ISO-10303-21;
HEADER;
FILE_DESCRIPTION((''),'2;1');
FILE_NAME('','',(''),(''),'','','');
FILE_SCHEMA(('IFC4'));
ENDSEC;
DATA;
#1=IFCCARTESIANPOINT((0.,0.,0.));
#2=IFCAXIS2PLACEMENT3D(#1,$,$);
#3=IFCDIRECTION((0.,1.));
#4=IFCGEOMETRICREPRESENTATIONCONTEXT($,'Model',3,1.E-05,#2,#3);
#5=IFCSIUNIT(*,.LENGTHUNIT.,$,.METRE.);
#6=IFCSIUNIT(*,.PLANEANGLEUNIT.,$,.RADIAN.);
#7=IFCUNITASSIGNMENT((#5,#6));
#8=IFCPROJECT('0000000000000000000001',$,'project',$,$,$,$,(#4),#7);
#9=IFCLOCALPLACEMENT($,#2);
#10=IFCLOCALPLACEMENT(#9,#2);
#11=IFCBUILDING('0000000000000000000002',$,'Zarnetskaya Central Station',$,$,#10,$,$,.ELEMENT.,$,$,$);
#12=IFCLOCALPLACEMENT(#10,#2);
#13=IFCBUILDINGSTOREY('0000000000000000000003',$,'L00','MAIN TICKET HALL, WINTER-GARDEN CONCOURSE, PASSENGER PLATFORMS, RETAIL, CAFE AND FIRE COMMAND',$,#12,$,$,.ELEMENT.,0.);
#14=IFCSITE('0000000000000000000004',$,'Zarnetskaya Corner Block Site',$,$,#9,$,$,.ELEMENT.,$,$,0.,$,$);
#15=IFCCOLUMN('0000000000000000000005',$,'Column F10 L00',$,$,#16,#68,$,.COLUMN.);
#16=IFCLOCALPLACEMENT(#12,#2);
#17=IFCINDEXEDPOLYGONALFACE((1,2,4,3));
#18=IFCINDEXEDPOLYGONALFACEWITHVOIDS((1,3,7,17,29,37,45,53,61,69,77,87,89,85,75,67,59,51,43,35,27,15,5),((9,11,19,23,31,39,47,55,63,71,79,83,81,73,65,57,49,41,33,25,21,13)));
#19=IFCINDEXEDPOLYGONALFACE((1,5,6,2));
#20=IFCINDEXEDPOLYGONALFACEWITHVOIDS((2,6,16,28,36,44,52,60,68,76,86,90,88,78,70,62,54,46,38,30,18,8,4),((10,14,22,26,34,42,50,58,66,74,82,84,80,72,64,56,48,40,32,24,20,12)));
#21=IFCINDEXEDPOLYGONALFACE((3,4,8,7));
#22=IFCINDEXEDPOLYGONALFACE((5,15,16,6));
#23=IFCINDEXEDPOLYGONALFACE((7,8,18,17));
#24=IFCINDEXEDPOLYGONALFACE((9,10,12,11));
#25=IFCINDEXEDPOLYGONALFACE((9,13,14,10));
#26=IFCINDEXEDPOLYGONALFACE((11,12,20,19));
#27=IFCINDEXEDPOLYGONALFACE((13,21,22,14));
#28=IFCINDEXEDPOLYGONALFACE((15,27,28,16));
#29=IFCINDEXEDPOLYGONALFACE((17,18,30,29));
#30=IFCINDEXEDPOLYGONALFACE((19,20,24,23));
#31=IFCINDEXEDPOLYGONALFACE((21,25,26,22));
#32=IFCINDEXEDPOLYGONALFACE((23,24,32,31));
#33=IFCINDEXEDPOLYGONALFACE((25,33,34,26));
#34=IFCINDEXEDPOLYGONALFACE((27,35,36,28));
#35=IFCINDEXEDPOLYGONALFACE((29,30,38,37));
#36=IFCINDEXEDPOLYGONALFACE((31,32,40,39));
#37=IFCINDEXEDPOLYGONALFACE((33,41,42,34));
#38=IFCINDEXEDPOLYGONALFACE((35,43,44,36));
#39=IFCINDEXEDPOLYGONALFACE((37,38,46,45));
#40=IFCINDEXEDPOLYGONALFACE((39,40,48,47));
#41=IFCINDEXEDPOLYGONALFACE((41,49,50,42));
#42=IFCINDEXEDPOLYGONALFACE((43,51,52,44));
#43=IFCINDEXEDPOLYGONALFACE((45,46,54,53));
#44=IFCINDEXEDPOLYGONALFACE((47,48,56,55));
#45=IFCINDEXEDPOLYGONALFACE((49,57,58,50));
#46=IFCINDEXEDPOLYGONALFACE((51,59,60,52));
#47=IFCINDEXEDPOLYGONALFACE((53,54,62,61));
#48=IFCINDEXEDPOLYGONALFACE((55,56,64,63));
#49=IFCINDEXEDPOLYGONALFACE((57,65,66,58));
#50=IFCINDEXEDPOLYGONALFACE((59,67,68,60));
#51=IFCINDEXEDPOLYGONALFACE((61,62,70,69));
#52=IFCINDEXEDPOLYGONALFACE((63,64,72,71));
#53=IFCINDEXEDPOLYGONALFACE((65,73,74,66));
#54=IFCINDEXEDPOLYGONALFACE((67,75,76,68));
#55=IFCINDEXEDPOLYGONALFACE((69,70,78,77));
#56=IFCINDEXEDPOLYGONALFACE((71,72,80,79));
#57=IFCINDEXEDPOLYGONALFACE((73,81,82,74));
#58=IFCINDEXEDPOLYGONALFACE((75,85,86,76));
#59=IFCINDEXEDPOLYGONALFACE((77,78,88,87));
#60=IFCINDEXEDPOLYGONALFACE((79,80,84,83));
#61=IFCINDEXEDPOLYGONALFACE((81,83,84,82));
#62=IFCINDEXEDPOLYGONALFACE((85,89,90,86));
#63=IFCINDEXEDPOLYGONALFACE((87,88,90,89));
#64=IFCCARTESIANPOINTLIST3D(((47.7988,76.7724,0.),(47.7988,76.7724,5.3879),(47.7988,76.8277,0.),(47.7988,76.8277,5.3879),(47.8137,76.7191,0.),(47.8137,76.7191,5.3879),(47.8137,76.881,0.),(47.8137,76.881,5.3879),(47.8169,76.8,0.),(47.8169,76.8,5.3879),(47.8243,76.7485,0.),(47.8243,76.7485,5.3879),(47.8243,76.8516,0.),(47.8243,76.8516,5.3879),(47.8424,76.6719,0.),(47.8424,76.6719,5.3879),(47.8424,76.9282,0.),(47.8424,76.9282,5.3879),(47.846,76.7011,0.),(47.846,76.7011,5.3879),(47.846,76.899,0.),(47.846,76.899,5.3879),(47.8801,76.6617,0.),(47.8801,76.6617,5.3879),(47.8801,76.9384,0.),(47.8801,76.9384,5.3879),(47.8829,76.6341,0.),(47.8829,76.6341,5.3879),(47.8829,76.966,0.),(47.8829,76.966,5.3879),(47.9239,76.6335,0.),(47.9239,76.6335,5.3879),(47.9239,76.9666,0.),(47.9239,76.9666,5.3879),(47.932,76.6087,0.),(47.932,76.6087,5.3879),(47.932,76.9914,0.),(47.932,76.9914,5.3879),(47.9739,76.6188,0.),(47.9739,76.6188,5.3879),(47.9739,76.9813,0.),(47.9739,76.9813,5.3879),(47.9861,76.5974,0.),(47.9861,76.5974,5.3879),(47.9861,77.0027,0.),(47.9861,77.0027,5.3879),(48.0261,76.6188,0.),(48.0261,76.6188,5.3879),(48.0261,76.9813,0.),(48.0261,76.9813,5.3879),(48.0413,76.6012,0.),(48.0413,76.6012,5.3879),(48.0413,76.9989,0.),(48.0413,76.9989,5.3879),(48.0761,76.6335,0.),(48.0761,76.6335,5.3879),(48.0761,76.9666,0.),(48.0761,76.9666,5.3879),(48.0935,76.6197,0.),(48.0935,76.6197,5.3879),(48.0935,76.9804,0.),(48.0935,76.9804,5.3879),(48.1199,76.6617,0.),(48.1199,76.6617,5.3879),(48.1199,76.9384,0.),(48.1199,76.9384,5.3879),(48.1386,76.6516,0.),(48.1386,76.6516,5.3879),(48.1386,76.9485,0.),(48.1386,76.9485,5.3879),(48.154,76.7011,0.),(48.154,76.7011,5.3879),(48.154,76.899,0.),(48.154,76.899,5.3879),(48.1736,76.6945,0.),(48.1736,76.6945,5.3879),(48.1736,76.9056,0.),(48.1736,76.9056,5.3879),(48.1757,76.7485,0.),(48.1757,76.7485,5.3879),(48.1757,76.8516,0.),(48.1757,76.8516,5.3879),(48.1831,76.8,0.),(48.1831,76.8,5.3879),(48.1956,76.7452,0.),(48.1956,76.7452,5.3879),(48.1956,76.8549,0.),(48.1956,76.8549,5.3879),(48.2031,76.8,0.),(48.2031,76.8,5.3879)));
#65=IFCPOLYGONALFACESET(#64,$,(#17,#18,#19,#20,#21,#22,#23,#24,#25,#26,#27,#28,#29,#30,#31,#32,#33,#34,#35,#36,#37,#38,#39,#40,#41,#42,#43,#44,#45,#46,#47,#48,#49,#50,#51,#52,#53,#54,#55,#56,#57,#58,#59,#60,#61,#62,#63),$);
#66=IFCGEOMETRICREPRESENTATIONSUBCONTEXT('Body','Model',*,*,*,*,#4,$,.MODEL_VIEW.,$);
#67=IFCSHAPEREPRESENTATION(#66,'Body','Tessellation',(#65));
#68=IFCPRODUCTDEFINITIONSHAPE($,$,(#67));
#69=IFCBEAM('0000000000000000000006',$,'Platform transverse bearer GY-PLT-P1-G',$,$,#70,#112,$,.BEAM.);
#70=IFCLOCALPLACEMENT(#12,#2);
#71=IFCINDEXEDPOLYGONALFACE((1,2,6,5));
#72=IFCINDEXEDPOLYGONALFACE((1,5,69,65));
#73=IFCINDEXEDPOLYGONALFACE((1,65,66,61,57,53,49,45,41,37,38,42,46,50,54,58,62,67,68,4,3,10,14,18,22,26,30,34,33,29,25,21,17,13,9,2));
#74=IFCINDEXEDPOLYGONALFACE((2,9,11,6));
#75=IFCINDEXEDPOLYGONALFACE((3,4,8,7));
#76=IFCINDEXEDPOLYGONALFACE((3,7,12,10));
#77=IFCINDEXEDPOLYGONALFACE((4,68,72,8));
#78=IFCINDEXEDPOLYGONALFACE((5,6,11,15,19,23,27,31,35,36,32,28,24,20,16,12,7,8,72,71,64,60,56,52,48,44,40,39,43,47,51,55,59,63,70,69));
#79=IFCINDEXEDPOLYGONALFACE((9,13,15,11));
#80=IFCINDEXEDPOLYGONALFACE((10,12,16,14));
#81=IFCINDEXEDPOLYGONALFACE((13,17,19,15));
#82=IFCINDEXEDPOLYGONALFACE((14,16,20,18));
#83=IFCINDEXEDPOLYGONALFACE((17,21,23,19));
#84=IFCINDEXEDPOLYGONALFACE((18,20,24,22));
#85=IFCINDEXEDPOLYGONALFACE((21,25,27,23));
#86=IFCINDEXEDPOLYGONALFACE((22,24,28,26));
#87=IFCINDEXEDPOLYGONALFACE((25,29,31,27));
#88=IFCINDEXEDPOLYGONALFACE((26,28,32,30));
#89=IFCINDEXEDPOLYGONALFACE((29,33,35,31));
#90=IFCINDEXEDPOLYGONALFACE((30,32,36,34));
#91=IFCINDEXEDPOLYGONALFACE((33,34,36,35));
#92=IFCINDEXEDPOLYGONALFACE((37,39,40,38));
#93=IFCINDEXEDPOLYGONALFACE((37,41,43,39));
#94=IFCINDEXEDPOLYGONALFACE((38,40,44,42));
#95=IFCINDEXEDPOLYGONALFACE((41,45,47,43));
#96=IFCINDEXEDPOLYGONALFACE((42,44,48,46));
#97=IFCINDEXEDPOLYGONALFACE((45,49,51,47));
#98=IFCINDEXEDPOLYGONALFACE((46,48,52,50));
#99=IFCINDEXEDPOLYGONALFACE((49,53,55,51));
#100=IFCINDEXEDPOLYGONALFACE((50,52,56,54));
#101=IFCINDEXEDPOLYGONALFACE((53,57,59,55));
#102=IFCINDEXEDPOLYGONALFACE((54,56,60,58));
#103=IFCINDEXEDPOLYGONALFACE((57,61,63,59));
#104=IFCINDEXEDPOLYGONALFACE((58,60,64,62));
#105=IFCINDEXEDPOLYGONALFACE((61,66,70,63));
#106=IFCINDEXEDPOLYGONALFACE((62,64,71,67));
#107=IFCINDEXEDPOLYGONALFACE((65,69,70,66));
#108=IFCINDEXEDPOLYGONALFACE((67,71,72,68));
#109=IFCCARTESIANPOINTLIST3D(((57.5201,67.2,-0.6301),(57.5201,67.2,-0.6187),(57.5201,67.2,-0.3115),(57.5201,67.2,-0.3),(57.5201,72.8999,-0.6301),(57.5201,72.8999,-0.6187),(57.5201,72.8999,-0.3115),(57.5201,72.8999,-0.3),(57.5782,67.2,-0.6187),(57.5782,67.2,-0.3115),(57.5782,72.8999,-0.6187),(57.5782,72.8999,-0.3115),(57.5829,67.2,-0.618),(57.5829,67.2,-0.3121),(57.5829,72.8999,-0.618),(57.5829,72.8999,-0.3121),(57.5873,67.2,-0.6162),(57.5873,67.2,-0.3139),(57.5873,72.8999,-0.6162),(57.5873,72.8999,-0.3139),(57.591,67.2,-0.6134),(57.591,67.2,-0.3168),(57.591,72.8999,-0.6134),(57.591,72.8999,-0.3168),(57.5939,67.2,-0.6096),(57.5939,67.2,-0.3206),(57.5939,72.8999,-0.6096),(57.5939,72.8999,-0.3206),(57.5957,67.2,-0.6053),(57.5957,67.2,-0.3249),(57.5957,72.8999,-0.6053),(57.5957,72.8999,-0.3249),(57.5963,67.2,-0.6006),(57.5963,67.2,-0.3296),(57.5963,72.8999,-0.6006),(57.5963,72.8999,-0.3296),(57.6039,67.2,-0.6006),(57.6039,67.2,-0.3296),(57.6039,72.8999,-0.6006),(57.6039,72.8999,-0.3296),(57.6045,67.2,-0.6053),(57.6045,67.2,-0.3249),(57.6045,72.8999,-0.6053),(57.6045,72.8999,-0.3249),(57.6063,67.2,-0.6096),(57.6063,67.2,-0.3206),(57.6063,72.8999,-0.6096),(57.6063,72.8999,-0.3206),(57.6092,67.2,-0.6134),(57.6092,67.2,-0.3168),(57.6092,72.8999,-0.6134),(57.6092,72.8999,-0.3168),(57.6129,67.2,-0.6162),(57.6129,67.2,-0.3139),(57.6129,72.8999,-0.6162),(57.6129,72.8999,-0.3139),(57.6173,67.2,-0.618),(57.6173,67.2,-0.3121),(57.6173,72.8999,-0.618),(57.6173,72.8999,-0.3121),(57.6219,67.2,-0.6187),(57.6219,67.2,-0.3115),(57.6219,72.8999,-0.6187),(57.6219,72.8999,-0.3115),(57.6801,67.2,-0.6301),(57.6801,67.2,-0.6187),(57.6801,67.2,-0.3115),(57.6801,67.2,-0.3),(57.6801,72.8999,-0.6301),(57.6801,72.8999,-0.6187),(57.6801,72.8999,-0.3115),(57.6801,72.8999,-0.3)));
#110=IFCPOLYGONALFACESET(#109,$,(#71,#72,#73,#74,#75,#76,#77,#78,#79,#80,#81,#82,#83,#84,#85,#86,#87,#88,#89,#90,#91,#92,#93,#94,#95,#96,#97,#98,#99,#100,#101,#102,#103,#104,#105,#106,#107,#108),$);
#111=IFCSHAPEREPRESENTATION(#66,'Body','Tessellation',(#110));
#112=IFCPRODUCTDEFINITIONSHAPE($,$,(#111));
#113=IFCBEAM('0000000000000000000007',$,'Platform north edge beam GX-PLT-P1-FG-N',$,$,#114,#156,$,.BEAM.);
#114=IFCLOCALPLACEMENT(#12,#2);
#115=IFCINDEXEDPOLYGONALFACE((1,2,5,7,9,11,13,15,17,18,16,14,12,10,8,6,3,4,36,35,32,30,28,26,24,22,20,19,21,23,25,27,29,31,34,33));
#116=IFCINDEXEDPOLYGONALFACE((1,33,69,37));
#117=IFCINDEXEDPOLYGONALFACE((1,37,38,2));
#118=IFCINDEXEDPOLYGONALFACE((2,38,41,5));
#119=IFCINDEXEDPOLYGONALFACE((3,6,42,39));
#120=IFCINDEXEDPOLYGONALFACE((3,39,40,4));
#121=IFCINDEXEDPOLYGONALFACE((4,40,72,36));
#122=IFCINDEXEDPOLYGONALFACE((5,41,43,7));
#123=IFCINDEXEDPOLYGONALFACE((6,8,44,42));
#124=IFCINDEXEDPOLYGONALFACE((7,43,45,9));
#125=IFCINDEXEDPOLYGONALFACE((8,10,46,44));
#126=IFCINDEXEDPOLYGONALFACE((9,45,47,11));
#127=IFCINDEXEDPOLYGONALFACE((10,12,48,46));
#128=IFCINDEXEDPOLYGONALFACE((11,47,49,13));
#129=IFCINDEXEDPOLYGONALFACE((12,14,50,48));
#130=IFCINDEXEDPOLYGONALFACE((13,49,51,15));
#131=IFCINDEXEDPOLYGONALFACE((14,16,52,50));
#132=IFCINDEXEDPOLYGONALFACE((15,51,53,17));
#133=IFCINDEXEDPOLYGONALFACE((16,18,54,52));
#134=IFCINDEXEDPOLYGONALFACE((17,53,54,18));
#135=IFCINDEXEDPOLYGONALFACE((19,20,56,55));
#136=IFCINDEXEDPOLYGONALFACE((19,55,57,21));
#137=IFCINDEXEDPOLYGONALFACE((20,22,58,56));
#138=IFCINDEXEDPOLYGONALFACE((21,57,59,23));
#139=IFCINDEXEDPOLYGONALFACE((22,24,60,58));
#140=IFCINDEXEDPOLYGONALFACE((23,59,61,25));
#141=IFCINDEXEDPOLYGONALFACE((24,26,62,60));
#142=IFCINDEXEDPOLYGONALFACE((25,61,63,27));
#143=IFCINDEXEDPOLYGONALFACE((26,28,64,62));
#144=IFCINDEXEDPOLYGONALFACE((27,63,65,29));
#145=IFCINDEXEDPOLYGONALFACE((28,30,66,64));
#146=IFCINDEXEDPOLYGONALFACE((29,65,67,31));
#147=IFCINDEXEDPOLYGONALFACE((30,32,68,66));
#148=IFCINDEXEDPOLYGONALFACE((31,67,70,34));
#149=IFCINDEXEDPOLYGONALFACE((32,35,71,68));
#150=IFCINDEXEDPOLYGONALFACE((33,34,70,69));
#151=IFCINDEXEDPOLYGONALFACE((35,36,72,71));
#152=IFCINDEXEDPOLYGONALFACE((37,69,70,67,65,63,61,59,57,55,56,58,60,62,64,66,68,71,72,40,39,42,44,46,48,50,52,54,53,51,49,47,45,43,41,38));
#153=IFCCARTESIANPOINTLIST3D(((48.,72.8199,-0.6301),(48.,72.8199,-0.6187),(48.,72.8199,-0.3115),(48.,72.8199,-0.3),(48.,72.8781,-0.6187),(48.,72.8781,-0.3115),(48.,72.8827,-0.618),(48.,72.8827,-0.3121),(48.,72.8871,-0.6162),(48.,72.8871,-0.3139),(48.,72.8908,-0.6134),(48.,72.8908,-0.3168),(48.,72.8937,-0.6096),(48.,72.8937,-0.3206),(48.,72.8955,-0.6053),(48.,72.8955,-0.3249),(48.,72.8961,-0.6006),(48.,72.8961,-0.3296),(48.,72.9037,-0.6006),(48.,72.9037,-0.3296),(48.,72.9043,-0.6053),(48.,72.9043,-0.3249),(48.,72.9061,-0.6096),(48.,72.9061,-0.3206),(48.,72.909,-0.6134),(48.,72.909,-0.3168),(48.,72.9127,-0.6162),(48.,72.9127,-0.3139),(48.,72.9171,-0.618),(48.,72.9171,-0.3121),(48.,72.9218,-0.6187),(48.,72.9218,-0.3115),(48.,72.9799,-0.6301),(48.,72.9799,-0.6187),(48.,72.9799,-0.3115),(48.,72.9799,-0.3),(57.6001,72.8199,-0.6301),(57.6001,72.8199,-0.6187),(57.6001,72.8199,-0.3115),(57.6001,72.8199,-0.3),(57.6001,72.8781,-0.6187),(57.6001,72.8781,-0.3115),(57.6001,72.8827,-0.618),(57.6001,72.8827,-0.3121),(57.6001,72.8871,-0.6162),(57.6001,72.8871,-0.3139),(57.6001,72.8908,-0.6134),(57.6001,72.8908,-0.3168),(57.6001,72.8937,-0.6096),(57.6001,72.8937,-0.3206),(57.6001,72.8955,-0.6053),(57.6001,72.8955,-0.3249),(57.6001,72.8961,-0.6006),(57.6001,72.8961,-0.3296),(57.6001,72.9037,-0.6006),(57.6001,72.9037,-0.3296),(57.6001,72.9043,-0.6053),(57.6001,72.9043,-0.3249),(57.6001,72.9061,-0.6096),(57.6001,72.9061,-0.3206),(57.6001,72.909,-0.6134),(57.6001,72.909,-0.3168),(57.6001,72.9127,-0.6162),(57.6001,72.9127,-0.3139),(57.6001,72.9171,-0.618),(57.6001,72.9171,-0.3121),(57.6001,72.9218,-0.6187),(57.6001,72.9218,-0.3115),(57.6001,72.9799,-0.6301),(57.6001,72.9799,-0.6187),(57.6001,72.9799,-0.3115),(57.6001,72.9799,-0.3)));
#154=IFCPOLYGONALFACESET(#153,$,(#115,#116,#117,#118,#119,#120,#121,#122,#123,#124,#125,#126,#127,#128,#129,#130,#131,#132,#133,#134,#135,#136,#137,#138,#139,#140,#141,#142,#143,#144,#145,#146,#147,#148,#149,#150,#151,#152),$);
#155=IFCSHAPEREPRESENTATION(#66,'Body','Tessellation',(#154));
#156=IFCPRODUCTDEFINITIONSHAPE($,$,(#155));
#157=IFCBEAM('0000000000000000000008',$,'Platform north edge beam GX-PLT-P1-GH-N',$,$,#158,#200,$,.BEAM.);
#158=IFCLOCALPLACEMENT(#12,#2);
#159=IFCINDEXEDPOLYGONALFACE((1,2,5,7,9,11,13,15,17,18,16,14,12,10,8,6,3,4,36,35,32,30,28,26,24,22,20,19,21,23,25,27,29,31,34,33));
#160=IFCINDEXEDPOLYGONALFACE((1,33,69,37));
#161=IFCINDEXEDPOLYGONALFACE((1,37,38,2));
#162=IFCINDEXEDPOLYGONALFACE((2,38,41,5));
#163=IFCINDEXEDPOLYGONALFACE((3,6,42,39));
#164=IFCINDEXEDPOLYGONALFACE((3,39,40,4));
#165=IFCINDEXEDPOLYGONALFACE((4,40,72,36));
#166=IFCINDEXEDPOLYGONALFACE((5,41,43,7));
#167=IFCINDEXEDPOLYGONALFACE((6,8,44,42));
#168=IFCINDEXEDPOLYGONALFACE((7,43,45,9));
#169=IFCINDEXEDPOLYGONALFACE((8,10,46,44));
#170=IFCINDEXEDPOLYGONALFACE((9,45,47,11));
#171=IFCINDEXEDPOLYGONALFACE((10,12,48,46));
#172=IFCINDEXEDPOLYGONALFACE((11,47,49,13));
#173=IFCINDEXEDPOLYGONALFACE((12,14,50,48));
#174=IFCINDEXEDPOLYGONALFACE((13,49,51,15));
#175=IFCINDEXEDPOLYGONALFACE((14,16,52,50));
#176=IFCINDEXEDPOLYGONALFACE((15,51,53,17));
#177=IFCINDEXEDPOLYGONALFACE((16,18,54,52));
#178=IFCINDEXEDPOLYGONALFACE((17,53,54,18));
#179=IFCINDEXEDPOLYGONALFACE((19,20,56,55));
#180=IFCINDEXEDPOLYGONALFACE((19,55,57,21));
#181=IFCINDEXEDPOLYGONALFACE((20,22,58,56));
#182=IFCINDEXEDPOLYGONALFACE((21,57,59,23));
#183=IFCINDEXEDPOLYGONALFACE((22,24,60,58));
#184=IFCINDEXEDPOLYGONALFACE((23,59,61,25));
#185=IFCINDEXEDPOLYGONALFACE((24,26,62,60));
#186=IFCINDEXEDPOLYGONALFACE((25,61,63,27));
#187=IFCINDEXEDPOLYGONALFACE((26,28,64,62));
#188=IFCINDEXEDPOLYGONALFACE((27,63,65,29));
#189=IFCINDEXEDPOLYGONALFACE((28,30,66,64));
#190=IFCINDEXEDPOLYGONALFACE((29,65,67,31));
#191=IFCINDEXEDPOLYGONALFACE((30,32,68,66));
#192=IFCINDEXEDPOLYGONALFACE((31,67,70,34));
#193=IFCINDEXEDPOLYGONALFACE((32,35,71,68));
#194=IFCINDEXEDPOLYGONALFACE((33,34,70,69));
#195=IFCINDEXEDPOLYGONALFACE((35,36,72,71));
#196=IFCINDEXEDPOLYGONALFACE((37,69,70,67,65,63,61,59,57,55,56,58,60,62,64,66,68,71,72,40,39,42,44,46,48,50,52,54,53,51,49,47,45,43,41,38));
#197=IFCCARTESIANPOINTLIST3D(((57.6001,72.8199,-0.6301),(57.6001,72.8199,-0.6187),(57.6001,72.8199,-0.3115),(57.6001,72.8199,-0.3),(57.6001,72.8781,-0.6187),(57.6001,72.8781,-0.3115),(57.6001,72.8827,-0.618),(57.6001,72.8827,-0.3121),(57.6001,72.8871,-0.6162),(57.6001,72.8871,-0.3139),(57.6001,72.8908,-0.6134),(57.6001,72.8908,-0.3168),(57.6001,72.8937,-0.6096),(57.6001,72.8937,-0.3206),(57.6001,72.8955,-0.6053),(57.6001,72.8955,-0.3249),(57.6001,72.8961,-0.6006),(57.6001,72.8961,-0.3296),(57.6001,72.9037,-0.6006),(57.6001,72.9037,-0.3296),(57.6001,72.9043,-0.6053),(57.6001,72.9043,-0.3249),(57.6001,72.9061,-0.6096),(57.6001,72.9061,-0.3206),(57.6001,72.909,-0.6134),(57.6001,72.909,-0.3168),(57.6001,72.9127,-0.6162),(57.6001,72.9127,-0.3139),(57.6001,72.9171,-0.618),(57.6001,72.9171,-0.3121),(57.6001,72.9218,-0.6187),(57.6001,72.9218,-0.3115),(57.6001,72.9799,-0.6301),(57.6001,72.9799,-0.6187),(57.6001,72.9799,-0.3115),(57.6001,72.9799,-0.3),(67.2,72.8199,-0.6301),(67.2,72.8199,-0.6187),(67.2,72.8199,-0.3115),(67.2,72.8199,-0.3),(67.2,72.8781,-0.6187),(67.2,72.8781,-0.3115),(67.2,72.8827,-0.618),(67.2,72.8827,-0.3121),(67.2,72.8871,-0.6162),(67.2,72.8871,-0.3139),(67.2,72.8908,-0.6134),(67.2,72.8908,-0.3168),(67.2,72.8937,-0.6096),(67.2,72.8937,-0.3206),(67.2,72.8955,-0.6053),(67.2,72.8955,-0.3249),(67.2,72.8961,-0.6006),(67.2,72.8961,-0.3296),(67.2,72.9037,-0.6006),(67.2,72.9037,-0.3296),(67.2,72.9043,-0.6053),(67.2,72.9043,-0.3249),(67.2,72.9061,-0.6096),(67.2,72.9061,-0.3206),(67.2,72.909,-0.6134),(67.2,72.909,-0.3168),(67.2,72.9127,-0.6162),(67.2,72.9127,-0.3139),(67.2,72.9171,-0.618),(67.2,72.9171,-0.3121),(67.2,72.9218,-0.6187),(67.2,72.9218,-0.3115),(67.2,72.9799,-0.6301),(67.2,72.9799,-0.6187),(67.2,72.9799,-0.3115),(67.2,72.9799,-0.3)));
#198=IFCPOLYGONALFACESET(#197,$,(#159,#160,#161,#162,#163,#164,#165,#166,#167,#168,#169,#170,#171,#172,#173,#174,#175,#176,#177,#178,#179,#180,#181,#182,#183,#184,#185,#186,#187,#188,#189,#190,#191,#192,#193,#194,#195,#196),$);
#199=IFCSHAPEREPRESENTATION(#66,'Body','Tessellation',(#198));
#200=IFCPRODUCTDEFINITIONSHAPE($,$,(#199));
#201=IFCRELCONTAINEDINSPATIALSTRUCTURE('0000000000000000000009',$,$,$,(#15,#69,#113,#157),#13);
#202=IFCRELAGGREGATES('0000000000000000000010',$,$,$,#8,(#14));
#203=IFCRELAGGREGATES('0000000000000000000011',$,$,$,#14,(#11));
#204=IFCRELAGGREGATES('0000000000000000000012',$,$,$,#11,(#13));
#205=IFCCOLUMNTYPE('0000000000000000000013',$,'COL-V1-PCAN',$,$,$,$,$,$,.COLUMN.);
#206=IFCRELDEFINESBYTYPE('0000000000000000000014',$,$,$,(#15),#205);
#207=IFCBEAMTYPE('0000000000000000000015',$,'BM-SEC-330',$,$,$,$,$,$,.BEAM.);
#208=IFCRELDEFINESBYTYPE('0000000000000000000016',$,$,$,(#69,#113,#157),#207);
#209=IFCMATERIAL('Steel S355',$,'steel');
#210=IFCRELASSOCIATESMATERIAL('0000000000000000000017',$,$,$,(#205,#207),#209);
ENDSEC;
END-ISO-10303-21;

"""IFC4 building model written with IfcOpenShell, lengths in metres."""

from ifc_helpers import new_model, si_unit, direction, frame, origin, origin_2d, place, context, subcontext, project, spatial, hollow_circle, i_section, extrude, material, material_profile, profile_set, type_object, element, save


model = new_model("IFC4")

# Units and contexts
model_context = context("Model", 3, precision=1e-05, world=origin(), true_north=direction((0.0, 1.0)))
body_context = subcontext(model_context, "Body", "Model", "MODEL_VIEW")
ifc_project = project(units=[si_unit("LENGTHUNIT", "METRE"), si_unit("PLANEANGLEUNIT", "RADIAN")], contexts=[model_context])

# Site, building, storey
site_placement = place(None, origin())
site = spatial("IfcSite", under=ifc_project, at=site_placement, Name="Zarnetskaya Corner Block Site", CompositionType="ELEMENT", RefElevation=0.0)
building_placement = place(site_placement, origin())
building = spatial("IfcBuilding", under=site, at=building_placement, Name="Zarnetskaya Central Station", CompositionType="ELEMENT")
storey_placement = place(building_placement, origin())
storey = spatial("IfcBuildingStorey", under=building, at=storey_placement, Name="L00", Description="MAIN TICKET HALL, WINTER-GARDEN CONCOURSE, PASSENGER PLATFORMS, RETAIL, CAFE AND FIRE COMMAND", CompositionType="ELEMENT", Elevation=0.0)

# Column
ifc_material = material(Name="Steel S355", Category="steel")
ifc_material_profile_1 = material_profile(ifc_material, hollow_circle(Radius=0.2031, WallThickness=0.02, at=origin_2d()), Name="CHS 406.4x20")
ifc_profile_set_1 = profile_set([ifc_material_profile_1], Name="Steel S355")
column_type = type_object("IfcColumnType", Name="COL-V1-PCAN", PredefinedType="COLUMN", material=ifc_profile_set_1)
column_placement = place(storey_placement, frame((48.0, 76.8, 0.0), z_axis=(0.0, 0.0, 1.0), x_axis=(1.0, 0.0, 0.0)))
element("IfcColumn", 1, at=column_placement, inside=storey, type_object=column_type, Name="Column F10 L00", PredefinedType="COLUMN", context=body_context, shape_type="SweptSolid", body=[
    extrude(hollow_circle(Radius=0.2031, WallThickness=0.02, at=origin_2d()), origin(), (0.0, 0.0, 1.0), 5.3879),
])

# Beams
ifc_material_profile_2 = material_profile(ifc_material, i_section(OverallWidth=0.1599, OverallDepth=0.3301, WebThickness=0.0076, FlangeThickness=0.0115, FilletRadius=0.0181, at=origin_2d()), Name="IPE 330")
ifc_profile_set_2 = profile_set([ifc_material_profile_2], Name="Steel S355")
beam_type_1 = type_object("IfcBeamType", Name="BM-SEC-330", PredefinedType="BEAM", material=ifc_profile_set_2)
beam_1_placement = place(storey_placement, frame((57.6001, 67.2, -0.4651), z_axis=(0.0, 1.0, 0.0), x_axis=(-1.0, 0.0, 0.0)))
element("IfcBeam", 2, at=beam_1_placement, inside=storey, type_object=beam_type_1, Name="Platform transverse bearer GY-PLT-P1-G", PredefinedType="BEAM", context=body_context, shape_type="SweptSolid", body=[
    extrude(i_section(OverallWidth=0.1599, OverallDepth=0.3301, WebThickness=0.0076, FlangeThickness=0.0115, FilletRadius=0.0181, at=origin_2d()), origin(), (0.0, 0.0, 1.0), 5.7),
])
beam_2_placement = place(storey_placement, frame((48.0, 72.8999, -0.4651), z_axis=(1.0, 0.0, 0.0), x_axis=(0.0, 1.0, 0.0)))
element("IfcBeam", 3, at=beam_2_placement, inside=storey, type_object=beam_type_1, Name="Platform north edge beam GX-PLT-P1-FG-N", PredefinedType="BEAM", context=body_context, shape_type="SweptSolid", body=[
    extrude(i_section(OverallWidth=0.1599, OverallDepth=0.3301, WebThickness=0.0076, FlangeThickness=0.0115, FilletRadius=0.0181, at=origin_2d()), origin(), (0.0, 0.0, 1.0), 9.6001),
])
beam_3_placement = place(storey_placement, frame((57.6001, 72.8999, -0.4651), z_axis=(1.0, 0.0, 0.0), x_axis=(0.0, 1.0, 0.0)))
element("IfcBeam", 4, at=beam_3_placement, inside=storey, type_object=beam_type_1, Name="Platform north edge beam GX-PLT-P1-GH-N", PredefinedType="BEAM", context=body_context, shape_type="SweptSolid", body=[
    extrude(i_section(OverallWidth=0.1599, OverallDepth=0.3301, WebThickness=0.0076, FlangeThickness=0.0115, FilletRadius=0.0181, at=origin_2d()), origin(), (0.0, 0.0, 1.0), 9.5999),
])

save(model, "model.ifc")
